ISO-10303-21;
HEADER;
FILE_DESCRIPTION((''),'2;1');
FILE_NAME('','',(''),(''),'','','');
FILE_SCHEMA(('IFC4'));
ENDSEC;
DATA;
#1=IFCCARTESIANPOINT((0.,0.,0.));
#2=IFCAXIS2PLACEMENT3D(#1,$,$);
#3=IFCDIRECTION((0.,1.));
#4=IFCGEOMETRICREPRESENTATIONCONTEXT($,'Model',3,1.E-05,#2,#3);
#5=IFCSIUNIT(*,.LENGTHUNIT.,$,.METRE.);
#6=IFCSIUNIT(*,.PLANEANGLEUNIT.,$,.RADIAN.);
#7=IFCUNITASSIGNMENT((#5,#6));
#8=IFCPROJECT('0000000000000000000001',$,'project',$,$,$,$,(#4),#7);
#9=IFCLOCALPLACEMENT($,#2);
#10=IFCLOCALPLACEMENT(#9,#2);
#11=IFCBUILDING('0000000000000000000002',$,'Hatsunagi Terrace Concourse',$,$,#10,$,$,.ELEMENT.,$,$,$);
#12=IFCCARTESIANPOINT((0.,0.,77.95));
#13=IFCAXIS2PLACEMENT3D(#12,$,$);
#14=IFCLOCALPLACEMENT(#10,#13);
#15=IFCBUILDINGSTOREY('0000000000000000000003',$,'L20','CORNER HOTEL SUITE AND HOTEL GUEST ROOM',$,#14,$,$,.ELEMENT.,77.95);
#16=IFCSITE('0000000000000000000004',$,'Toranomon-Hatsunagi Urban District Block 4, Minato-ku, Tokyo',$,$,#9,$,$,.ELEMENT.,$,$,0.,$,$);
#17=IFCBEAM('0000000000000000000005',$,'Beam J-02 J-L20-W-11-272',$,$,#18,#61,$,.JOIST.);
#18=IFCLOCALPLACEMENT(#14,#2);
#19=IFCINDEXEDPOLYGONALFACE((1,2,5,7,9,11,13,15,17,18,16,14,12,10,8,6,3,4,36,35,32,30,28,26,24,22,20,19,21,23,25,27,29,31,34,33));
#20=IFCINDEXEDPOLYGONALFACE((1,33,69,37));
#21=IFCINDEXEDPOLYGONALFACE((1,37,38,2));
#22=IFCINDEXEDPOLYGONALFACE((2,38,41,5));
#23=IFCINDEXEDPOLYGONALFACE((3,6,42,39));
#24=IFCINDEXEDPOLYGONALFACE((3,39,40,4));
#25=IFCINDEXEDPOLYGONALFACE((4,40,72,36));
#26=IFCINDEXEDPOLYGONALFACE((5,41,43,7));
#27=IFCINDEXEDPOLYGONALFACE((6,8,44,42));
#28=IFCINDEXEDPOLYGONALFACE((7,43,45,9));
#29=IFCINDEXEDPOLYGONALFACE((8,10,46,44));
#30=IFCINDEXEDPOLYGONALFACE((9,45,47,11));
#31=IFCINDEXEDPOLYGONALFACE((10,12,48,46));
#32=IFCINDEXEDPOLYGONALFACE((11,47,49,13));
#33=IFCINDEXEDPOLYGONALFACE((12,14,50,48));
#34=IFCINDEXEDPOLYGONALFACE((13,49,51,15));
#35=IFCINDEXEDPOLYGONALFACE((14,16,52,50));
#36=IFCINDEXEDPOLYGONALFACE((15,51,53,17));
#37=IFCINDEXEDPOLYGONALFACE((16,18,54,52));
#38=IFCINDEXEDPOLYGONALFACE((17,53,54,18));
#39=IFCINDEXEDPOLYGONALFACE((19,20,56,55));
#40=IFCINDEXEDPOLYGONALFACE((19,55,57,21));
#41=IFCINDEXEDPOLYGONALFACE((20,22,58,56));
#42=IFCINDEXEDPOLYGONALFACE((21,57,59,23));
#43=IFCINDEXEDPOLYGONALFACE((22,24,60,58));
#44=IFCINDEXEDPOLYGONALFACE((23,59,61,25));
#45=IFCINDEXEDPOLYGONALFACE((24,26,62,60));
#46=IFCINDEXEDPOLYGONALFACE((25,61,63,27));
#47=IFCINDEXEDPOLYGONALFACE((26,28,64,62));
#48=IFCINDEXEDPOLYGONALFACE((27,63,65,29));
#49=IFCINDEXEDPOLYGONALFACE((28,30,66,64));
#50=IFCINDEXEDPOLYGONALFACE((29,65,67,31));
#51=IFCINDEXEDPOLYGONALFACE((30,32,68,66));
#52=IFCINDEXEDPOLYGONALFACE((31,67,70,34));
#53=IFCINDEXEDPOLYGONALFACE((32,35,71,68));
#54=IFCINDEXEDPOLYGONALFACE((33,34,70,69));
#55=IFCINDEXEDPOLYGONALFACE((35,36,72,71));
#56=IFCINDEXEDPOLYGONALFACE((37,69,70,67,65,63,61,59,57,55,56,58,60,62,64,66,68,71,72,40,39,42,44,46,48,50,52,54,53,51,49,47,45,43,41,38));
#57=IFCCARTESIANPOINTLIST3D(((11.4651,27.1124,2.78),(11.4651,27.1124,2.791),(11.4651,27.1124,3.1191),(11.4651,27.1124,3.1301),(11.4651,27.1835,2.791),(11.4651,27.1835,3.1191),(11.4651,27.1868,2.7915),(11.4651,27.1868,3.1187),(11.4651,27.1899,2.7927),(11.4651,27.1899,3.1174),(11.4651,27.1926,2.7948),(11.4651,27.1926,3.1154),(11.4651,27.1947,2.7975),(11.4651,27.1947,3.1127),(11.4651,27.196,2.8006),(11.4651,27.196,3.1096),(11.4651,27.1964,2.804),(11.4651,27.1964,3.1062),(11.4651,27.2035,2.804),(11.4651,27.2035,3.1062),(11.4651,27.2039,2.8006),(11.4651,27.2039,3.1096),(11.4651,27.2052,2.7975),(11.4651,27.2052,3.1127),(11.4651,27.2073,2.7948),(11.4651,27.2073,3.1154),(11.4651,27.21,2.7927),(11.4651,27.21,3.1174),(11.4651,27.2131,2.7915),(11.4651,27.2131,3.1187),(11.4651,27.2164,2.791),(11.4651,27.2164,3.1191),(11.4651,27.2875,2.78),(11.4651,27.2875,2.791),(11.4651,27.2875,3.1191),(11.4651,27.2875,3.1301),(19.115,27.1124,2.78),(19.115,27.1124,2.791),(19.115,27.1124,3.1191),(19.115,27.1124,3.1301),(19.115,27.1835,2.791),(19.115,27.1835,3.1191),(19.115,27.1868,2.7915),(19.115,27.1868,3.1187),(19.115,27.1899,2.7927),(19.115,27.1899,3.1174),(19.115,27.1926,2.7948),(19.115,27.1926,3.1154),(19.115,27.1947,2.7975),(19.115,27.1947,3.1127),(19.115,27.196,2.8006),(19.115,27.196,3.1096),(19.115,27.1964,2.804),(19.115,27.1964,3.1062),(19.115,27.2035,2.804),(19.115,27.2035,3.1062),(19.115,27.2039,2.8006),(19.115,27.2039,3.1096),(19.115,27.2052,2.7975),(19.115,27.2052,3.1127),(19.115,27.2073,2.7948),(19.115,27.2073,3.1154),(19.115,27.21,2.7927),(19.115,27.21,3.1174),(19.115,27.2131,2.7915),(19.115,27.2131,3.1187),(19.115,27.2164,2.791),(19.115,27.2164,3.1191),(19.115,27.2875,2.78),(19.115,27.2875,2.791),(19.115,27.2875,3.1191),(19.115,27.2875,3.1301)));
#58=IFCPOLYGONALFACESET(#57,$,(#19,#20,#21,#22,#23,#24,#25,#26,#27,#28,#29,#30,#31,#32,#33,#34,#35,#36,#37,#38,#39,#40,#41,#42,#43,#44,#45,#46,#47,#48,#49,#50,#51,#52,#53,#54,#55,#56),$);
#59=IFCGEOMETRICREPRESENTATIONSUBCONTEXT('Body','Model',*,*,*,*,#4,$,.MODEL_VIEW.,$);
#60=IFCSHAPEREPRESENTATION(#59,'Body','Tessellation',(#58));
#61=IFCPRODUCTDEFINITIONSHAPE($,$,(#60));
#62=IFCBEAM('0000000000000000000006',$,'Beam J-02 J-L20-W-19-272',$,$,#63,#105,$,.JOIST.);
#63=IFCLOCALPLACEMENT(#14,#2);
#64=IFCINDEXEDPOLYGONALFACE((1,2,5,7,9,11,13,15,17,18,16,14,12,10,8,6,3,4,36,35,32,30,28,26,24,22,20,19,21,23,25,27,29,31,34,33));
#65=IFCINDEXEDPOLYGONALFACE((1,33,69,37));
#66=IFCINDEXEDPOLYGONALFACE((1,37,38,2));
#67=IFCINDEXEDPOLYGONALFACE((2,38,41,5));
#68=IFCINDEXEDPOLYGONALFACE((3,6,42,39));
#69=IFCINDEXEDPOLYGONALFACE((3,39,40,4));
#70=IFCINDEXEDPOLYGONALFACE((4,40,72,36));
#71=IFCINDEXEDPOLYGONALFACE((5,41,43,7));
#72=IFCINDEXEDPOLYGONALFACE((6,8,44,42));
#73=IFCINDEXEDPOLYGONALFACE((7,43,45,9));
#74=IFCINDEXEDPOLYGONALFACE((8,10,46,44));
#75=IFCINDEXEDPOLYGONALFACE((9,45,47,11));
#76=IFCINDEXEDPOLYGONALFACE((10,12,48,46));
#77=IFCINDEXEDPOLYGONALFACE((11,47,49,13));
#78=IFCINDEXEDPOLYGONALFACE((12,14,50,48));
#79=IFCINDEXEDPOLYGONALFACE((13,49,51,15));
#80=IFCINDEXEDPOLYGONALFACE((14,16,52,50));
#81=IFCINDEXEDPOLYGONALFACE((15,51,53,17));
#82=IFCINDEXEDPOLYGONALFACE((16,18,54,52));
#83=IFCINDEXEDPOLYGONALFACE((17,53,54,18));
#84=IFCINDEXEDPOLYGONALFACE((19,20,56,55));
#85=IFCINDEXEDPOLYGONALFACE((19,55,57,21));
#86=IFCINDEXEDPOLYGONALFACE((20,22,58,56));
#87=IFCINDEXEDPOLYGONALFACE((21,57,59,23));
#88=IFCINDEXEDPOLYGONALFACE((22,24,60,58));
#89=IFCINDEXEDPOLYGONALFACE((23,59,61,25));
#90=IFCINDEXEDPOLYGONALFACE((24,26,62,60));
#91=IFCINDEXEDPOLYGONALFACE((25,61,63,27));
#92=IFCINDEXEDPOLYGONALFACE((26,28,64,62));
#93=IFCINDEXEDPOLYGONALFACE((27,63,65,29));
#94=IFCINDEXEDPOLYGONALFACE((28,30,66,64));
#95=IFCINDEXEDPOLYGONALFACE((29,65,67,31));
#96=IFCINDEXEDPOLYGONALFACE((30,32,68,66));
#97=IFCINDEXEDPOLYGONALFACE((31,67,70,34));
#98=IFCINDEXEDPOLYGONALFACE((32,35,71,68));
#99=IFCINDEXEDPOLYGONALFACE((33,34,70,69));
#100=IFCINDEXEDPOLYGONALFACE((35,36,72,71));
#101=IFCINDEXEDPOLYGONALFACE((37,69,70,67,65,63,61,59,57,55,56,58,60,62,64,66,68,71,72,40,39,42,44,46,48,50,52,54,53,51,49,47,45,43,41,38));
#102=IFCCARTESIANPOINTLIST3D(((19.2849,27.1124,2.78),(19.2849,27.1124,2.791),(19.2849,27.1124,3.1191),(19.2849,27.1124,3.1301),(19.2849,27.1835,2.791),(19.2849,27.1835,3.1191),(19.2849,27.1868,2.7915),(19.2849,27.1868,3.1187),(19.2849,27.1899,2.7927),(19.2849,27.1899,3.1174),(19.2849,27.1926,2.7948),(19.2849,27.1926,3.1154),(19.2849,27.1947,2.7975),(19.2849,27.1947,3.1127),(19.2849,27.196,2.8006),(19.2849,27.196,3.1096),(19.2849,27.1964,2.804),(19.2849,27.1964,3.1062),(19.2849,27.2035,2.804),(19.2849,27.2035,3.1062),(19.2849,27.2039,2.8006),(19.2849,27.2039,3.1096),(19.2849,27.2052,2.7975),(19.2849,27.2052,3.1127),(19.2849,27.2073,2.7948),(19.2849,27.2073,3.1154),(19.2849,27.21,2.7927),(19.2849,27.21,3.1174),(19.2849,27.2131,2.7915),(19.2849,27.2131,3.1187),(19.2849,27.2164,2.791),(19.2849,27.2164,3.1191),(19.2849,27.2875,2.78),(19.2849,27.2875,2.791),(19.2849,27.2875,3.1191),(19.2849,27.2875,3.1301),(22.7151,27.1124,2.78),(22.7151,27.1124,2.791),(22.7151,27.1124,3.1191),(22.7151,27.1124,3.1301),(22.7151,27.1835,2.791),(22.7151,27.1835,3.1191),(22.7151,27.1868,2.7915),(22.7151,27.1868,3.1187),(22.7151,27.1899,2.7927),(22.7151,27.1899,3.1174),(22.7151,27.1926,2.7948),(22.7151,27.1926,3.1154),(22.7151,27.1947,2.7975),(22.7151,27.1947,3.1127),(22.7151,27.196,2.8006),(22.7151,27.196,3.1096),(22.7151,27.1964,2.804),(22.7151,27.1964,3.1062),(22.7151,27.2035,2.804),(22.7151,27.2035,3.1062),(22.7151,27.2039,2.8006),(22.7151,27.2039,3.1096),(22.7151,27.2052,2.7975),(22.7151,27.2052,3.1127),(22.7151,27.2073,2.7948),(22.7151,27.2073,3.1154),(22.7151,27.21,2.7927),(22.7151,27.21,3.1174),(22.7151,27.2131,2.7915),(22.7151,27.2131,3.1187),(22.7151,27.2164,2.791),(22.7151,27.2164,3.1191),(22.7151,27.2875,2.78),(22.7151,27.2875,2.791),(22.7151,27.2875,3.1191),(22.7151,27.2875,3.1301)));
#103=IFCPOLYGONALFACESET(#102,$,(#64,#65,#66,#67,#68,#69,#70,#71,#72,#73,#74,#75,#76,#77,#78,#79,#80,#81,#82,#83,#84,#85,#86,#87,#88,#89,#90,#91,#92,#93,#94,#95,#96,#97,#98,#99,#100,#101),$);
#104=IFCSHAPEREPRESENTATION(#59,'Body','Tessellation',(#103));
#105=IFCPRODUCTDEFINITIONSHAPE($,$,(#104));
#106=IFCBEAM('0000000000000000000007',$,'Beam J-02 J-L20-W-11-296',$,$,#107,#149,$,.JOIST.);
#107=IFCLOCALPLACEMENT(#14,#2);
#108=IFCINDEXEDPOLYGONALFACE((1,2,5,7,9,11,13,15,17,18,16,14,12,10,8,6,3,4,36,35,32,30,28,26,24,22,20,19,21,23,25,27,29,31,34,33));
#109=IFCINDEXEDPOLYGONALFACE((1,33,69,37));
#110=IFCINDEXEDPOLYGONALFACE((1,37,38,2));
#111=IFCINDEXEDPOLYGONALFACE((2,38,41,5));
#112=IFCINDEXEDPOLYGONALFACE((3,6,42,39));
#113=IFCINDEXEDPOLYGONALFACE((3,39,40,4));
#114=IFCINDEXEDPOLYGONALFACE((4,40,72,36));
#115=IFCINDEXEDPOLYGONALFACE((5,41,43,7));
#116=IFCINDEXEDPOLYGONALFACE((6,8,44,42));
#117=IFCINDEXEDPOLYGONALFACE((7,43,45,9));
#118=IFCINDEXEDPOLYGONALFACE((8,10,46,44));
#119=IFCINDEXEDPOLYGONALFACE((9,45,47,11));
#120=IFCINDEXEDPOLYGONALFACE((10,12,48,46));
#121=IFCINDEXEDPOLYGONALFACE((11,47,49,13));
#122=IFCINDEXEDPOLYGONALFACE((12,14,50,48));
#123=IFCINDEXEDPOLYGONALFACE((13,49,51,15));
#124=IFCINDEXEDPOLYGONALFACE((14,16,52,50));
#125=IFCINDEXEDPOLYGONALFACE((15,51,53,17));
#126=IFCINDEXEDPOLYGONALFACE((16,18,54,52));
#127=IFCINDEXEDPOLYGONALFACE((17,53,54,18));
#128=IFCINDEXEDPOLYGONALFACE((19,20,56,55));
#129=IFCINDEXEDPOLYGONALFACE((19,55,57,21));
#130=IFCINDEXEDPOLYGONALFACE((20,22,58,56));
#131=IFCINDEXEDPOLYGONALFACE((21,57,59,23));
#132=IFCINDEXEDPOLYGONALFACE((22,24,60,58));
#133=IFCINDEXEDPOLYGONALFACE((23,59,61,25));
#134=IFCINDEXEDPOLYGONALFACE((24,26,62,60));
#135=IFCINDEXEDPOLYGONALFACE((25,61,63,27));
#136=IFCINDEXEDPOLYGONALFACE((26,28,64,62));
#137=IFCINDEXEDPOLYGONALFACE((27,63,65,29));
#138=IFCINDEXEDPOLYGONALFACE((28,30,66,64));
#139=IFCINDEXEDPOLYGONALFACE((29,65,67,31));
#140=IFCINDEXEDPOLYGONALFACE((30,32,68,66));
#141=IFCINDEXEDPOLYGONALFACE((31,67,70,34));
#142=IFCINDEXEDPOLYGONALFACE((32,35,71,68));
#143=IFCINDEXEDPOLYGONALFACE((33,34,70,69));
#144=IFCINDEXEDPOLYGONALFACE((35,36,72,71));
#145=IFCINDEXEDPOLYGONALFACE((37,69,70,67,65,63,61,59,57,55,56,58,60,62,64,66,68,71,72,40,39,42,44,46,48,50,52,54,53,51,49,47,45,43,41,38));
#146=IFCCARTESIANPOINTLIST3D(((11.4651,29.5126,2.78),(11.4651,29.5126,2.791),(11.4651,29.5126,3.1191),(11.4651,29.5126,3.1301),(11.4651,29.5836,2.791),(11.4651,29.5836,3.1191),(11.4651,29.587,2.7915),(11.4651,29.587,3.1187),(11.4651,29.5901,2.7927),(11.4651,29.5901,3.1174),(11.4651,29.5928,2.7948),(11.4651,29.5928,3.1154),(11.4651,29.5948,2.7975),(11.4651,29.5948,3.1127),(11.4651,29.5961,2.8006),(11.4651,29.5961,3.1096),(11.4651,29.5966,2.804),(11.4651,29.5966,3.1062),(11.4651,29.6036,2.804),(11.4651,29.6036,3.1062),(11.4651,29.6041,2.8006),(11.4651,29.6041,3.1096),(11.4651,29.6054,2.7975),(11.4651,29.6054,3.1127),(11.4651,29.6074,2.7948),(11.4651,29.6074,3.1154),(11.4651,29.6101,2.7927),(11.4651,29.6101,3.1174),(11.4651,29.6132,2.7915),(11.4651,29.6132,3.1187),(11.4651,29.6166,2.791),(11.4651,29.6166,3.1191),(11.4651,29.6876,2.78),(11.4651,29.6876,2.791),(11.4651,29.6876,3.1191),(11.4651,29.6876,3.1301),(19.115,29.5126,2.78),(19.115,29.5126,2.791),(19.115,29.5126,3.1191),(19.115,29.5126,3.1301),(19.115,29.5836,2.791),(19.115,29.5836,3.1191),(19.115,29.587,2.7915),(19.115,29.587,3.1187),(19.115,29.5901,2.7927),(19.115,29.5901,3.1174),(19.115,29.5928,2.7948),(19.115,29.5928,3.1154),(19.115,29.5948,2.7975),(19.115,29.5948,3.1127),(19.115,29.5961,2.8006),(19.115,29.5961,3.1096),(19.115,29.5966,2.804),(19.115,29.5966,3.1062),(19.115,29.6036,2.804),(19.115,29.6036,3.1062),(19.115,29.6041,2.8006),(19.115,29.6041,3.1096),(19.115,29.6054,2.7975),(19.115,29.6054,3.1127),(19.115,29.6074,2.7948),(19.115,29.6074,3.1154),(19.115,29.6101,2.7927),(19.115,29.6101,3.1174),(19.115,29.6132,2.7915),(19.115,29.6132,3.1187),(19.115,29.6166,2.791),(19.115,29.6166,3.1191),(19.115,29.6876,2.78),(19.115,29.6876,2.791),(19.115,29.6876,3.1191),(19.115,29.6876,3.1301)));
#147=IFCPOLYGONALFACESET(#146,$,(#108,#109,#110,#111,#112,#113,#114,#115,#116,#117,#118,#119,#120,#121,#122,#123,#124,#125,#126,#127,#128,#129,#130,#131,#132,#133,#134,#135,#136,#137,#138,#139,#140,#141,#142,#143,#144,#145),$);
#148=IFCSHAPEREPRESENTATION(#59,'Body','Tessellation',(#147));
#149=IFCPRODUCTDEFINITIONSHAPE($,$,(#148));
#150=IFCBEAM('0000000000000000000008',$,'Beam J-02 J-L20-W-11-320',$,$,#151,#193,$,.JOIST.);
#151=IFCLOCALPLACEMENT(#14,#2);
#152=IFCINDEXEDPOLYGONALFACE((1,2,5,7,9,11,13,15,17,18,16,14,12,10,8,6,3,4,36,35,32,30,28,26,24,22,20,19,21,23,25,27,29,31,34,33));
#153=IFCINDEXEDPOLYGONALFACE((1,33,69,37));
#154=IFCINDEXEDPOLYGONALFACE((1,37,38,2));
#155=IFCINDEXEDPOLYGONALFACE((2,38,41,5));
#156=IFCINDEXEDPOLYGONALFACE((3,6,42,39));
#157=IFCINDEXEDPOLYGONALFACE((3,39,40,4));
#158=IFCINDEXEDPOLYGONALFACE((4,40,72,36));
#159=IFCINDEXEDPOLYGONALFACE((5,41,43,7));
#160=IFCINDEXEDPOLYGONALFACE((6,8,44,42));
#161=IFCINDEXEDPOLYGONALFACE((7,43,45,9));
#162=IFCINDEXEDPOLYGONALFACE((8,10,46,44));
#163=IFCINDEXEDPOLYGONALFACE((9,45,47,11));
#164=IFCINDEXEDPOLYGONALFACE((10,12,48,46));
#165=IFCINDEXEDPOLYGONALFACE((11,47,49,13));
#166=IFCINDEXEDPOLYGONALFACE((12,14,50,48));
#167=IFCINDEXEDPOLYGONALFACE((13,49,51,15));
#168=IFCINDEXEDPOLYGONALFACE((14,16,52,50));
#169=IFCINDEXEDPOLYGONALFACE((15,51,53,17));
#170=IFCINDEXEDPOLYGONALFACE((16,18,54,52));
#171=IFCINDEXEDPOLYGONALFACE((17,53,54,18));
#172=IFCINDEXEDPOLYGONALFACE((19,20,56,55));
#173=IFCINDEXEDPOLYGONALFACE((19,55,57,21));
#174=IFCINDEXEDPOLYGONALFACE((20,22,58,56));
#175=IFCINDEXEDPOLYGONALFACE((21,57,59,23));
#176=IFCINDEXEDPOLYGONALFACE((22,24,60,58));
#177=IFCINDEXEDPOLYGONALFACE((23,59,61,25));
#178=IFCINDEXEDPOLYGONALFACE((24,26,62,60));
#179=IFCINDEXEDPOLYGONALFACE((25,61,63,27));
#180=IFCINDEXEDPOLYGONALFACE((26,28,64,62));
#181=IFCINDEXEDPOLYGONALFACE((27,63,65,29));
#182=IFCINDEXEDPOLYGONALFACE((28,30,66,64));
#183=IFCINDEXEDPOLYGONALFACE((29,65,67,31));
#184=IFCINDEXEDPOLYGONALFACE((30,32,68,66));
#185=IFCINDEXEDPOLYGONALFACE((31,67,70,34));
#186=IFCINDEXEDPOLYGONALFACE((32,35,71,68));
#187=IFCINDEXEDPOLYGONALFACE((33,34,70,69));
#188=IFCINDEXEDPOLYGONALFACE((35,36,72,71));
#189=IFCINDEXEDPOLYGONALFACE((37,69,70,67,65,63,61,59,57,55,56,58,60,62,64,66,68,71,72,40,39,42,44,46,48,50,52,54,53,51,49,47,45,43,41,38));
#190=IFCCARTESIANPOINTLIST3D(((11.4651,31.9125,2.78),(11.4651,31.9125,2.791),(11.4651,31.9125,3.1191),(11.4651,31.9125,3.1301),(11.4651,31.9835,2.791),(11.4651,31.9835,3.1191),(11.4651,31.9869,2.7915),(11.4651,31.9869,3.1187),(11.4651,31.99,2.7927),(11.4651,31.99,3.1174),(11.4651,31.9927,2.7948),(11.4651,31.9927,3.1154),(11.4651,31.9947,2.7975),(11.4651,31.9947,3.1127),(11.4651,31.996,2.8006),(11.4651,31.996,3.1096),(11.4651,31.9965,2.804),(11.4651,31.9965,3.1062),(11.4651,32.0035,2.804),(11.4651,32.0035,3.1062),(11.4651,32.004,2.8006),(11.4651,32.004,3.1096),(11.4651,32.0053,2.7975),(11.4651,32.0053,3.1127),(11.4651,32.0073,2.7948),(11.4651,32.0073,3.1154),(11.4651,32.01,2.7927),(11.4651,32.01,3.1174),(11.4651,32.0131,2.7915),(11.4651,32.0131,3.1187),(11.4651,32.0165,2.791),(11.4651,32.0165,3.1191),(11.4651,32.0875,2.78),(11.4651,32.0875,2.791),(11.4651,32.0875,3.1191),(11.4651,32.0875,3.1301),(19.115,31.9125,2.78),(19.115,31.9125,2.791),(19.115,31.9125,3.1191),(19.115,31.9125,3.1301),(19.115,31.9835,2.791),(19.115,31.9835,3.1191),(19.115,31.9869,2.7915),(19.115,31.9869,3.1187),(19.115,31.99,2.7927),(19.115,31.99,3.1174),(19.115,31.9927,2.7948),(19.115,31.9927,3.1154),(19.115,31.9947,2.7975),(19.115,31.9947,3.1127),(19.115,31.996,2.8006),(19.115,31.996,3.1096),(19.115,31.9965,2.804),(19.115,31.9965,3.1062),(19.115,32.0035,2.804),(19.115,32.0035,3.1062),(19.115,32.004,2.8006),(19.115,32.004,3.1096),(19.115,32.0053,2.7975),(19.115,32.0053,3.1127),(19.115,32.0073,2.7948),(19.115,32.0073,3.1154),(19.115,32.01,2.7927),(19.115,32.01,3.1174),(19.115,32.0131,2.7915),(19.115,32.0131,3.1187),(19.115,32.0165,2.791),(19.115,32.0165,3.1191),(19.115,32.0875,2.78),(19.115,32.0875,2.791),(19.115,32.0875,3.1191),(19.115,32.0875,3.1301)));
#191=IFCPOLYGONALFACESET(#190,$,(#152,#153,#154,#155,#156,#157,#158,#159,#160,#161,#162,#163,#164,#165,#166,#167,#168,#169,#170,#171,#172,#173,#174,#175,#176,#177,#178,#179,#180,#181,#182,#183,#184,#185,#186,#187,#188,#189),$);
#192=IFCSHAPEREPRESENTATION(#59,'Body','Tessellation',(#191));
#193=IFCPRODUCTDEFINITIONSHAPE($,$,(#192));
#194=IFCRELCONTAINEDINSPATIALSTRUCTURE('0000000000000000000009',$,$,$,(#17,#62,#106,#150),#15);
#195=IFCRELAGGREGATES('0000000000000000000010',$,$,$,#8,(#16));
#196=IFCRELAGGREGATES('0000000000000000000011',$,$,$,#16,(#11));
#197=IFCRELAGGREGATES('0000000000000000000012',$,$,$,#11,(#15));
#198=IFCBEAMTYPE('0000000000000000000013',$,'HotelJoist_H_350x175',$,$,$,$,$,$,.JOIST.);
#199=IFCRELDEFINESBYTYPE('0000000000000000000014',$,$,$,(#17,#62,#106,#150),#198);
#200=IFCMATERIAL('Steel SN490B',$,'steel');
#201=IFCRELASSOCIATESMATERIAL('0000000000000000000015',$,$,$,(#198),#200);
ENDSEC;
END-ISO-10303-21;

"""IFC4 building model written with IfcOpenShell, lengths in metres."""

from ifc_helpers import new_model, si_unit, direction, frame, origin, origin_2d, place, context, subcontext, project, spatial, i_section, extrude, material, material_profile, profile_set, type_object, element, save


model = new_model("IFC4")

# Units and contexts
model_context = context("Model", 3, precision=1e-05, world=origin(), true_north=direction((0.0, 1.0)))
body_context = subcontext(model_context, "Body", "Model", "MODEL_VIEW")
ifc_project = project(units=[si_unit("LENGTHUNIT", "METRE"), si_unit("PLANEANGLEUNIT", "RADIAN")], contexts=[model_context])

# Site, building, storey
site_placement = place(None, origin())
site = spatial("IfcSite", under=ifc_project, at=site_placement, Name="Toranomon-Hatsunagi Urban District Block 4, Minato-ku, Tokyo", CompositionType="ELEMENT", RefElevation=0.0)
building_placement = place(site_placement, origin())
building = spatial("IfcBuilding", under=site, at=building_placement, Name="Hatsunagi Terrace Concourse", CompositionType="ELEMENT")
storey_placement = place(building_placement, frame((0.0, 0.0, 77.95)))
storey = spatial("IfcBuildingStorey", under=building, at=storey_placement, Name="L20", Description="CORNER HOTEL SUITE AND HOTEL GUEST ROOM", CompositionType="ELEMENT", Elevation=77.95)

# Beams
ifc_material_1 = material(Name="Steel SN490B", Category="steel")
ifc_material_profile_1 = material_profile(ifc_material_1, i_section(OverallWidth=0.175, OverallDepth=0.3501, WebThickness=0.0071, FlangeThickness=0.011, FilletRadius=0.0129, at=origin_2d()), Name="H-350x175x7x11")
ifc_profile_set_1 = profile_set([ifc_material_profile_1], Name="Steel SN490B")
beam_type_1 = type_object("IfcBeamType", Name="HotelJoist_H_350x175", PredefinedType="JOIST", material=ifc_profile_set_1)
beam_1_placement = place(storey_placement, frame((11.4651, 27.2, 2.9551), z_axis=(1.0, 0.0, 0.0), x_axis=(0.0, 1.0, 0.0)))
element("IfcBeam", 1, at=beam_1_placement, inside=storey, type_object=beam_type_1, Name="Beam J-02 J-L20-W-11-272", PredefinedType="JOIST", context=body_context, shape_type="SweptSolid", body=[
    extrude(i_section(OverallWidth=0.175, OverallDepth=0.3501, WebThickness=0.0071, FlangeThickness=0.011, FilletRadius=0.0129, at=origin_2d()), origin(), (0.0, 0.0, 1.0), 7.6499),
])
beam_2_placement = place(storey_placement, frame((19.2849, 27.2, 2.9551), z_axis=(1.0, 0.0, 0.0), x_axis=(0.0, 1.0, 0.0)))
element("IfcBeam", 2, at=beam_2_placement, inside=storey, type_object=beam_type_1, Name="Beam J-02 J-L20-W-19-272", PredefinedType="JOIST", context=body_context, shape_type="SweptSolid", body=[
    extrude(i_section(OverallWidth=0.175, OverallDepth=0.3501, WebThickness=0.0071, FlangeThickness=0.011, FilletRadius=0.0129, at=origin_2d()), origin(), (0.0, 0.0, 1.0), 3.4302),
])
for number, where, z_axis, x_axis, name in (
    (3, (11.4651, 29.6001, 2.9551), (1.0, 0.0, 0.0), (0.0, 1.0, 0.0), "Beam J-02 J-L20-W-11-296"),
    (4, (11.4651, 32.0, 2.9551), (1.0, 0.0, 0.0), (0.0, 1.0, 0.0), "Beam J-02 J-L20-W-11-320"),
):
    element("IfcBeam", number, at=place(storey_placement, frame(where, z_axis=z_axis, x_axis=x_axis)), inside=storey, type_object=beam_type_1, Name=name, PredefinedType="JOIST", context=body_context, shape_type="SweptSolid", body=[
        extrude(i_section(OverallWidth=0.175, OverallDepth=0.3501, WebThickness=0.0071, FlangeThickness=0.011, FilletRadius=0.0129, at=origin_2d()), origin(), (0.0, 0.0, 1.0), 7.6499),
    ])

save(model, "model.ifc")
